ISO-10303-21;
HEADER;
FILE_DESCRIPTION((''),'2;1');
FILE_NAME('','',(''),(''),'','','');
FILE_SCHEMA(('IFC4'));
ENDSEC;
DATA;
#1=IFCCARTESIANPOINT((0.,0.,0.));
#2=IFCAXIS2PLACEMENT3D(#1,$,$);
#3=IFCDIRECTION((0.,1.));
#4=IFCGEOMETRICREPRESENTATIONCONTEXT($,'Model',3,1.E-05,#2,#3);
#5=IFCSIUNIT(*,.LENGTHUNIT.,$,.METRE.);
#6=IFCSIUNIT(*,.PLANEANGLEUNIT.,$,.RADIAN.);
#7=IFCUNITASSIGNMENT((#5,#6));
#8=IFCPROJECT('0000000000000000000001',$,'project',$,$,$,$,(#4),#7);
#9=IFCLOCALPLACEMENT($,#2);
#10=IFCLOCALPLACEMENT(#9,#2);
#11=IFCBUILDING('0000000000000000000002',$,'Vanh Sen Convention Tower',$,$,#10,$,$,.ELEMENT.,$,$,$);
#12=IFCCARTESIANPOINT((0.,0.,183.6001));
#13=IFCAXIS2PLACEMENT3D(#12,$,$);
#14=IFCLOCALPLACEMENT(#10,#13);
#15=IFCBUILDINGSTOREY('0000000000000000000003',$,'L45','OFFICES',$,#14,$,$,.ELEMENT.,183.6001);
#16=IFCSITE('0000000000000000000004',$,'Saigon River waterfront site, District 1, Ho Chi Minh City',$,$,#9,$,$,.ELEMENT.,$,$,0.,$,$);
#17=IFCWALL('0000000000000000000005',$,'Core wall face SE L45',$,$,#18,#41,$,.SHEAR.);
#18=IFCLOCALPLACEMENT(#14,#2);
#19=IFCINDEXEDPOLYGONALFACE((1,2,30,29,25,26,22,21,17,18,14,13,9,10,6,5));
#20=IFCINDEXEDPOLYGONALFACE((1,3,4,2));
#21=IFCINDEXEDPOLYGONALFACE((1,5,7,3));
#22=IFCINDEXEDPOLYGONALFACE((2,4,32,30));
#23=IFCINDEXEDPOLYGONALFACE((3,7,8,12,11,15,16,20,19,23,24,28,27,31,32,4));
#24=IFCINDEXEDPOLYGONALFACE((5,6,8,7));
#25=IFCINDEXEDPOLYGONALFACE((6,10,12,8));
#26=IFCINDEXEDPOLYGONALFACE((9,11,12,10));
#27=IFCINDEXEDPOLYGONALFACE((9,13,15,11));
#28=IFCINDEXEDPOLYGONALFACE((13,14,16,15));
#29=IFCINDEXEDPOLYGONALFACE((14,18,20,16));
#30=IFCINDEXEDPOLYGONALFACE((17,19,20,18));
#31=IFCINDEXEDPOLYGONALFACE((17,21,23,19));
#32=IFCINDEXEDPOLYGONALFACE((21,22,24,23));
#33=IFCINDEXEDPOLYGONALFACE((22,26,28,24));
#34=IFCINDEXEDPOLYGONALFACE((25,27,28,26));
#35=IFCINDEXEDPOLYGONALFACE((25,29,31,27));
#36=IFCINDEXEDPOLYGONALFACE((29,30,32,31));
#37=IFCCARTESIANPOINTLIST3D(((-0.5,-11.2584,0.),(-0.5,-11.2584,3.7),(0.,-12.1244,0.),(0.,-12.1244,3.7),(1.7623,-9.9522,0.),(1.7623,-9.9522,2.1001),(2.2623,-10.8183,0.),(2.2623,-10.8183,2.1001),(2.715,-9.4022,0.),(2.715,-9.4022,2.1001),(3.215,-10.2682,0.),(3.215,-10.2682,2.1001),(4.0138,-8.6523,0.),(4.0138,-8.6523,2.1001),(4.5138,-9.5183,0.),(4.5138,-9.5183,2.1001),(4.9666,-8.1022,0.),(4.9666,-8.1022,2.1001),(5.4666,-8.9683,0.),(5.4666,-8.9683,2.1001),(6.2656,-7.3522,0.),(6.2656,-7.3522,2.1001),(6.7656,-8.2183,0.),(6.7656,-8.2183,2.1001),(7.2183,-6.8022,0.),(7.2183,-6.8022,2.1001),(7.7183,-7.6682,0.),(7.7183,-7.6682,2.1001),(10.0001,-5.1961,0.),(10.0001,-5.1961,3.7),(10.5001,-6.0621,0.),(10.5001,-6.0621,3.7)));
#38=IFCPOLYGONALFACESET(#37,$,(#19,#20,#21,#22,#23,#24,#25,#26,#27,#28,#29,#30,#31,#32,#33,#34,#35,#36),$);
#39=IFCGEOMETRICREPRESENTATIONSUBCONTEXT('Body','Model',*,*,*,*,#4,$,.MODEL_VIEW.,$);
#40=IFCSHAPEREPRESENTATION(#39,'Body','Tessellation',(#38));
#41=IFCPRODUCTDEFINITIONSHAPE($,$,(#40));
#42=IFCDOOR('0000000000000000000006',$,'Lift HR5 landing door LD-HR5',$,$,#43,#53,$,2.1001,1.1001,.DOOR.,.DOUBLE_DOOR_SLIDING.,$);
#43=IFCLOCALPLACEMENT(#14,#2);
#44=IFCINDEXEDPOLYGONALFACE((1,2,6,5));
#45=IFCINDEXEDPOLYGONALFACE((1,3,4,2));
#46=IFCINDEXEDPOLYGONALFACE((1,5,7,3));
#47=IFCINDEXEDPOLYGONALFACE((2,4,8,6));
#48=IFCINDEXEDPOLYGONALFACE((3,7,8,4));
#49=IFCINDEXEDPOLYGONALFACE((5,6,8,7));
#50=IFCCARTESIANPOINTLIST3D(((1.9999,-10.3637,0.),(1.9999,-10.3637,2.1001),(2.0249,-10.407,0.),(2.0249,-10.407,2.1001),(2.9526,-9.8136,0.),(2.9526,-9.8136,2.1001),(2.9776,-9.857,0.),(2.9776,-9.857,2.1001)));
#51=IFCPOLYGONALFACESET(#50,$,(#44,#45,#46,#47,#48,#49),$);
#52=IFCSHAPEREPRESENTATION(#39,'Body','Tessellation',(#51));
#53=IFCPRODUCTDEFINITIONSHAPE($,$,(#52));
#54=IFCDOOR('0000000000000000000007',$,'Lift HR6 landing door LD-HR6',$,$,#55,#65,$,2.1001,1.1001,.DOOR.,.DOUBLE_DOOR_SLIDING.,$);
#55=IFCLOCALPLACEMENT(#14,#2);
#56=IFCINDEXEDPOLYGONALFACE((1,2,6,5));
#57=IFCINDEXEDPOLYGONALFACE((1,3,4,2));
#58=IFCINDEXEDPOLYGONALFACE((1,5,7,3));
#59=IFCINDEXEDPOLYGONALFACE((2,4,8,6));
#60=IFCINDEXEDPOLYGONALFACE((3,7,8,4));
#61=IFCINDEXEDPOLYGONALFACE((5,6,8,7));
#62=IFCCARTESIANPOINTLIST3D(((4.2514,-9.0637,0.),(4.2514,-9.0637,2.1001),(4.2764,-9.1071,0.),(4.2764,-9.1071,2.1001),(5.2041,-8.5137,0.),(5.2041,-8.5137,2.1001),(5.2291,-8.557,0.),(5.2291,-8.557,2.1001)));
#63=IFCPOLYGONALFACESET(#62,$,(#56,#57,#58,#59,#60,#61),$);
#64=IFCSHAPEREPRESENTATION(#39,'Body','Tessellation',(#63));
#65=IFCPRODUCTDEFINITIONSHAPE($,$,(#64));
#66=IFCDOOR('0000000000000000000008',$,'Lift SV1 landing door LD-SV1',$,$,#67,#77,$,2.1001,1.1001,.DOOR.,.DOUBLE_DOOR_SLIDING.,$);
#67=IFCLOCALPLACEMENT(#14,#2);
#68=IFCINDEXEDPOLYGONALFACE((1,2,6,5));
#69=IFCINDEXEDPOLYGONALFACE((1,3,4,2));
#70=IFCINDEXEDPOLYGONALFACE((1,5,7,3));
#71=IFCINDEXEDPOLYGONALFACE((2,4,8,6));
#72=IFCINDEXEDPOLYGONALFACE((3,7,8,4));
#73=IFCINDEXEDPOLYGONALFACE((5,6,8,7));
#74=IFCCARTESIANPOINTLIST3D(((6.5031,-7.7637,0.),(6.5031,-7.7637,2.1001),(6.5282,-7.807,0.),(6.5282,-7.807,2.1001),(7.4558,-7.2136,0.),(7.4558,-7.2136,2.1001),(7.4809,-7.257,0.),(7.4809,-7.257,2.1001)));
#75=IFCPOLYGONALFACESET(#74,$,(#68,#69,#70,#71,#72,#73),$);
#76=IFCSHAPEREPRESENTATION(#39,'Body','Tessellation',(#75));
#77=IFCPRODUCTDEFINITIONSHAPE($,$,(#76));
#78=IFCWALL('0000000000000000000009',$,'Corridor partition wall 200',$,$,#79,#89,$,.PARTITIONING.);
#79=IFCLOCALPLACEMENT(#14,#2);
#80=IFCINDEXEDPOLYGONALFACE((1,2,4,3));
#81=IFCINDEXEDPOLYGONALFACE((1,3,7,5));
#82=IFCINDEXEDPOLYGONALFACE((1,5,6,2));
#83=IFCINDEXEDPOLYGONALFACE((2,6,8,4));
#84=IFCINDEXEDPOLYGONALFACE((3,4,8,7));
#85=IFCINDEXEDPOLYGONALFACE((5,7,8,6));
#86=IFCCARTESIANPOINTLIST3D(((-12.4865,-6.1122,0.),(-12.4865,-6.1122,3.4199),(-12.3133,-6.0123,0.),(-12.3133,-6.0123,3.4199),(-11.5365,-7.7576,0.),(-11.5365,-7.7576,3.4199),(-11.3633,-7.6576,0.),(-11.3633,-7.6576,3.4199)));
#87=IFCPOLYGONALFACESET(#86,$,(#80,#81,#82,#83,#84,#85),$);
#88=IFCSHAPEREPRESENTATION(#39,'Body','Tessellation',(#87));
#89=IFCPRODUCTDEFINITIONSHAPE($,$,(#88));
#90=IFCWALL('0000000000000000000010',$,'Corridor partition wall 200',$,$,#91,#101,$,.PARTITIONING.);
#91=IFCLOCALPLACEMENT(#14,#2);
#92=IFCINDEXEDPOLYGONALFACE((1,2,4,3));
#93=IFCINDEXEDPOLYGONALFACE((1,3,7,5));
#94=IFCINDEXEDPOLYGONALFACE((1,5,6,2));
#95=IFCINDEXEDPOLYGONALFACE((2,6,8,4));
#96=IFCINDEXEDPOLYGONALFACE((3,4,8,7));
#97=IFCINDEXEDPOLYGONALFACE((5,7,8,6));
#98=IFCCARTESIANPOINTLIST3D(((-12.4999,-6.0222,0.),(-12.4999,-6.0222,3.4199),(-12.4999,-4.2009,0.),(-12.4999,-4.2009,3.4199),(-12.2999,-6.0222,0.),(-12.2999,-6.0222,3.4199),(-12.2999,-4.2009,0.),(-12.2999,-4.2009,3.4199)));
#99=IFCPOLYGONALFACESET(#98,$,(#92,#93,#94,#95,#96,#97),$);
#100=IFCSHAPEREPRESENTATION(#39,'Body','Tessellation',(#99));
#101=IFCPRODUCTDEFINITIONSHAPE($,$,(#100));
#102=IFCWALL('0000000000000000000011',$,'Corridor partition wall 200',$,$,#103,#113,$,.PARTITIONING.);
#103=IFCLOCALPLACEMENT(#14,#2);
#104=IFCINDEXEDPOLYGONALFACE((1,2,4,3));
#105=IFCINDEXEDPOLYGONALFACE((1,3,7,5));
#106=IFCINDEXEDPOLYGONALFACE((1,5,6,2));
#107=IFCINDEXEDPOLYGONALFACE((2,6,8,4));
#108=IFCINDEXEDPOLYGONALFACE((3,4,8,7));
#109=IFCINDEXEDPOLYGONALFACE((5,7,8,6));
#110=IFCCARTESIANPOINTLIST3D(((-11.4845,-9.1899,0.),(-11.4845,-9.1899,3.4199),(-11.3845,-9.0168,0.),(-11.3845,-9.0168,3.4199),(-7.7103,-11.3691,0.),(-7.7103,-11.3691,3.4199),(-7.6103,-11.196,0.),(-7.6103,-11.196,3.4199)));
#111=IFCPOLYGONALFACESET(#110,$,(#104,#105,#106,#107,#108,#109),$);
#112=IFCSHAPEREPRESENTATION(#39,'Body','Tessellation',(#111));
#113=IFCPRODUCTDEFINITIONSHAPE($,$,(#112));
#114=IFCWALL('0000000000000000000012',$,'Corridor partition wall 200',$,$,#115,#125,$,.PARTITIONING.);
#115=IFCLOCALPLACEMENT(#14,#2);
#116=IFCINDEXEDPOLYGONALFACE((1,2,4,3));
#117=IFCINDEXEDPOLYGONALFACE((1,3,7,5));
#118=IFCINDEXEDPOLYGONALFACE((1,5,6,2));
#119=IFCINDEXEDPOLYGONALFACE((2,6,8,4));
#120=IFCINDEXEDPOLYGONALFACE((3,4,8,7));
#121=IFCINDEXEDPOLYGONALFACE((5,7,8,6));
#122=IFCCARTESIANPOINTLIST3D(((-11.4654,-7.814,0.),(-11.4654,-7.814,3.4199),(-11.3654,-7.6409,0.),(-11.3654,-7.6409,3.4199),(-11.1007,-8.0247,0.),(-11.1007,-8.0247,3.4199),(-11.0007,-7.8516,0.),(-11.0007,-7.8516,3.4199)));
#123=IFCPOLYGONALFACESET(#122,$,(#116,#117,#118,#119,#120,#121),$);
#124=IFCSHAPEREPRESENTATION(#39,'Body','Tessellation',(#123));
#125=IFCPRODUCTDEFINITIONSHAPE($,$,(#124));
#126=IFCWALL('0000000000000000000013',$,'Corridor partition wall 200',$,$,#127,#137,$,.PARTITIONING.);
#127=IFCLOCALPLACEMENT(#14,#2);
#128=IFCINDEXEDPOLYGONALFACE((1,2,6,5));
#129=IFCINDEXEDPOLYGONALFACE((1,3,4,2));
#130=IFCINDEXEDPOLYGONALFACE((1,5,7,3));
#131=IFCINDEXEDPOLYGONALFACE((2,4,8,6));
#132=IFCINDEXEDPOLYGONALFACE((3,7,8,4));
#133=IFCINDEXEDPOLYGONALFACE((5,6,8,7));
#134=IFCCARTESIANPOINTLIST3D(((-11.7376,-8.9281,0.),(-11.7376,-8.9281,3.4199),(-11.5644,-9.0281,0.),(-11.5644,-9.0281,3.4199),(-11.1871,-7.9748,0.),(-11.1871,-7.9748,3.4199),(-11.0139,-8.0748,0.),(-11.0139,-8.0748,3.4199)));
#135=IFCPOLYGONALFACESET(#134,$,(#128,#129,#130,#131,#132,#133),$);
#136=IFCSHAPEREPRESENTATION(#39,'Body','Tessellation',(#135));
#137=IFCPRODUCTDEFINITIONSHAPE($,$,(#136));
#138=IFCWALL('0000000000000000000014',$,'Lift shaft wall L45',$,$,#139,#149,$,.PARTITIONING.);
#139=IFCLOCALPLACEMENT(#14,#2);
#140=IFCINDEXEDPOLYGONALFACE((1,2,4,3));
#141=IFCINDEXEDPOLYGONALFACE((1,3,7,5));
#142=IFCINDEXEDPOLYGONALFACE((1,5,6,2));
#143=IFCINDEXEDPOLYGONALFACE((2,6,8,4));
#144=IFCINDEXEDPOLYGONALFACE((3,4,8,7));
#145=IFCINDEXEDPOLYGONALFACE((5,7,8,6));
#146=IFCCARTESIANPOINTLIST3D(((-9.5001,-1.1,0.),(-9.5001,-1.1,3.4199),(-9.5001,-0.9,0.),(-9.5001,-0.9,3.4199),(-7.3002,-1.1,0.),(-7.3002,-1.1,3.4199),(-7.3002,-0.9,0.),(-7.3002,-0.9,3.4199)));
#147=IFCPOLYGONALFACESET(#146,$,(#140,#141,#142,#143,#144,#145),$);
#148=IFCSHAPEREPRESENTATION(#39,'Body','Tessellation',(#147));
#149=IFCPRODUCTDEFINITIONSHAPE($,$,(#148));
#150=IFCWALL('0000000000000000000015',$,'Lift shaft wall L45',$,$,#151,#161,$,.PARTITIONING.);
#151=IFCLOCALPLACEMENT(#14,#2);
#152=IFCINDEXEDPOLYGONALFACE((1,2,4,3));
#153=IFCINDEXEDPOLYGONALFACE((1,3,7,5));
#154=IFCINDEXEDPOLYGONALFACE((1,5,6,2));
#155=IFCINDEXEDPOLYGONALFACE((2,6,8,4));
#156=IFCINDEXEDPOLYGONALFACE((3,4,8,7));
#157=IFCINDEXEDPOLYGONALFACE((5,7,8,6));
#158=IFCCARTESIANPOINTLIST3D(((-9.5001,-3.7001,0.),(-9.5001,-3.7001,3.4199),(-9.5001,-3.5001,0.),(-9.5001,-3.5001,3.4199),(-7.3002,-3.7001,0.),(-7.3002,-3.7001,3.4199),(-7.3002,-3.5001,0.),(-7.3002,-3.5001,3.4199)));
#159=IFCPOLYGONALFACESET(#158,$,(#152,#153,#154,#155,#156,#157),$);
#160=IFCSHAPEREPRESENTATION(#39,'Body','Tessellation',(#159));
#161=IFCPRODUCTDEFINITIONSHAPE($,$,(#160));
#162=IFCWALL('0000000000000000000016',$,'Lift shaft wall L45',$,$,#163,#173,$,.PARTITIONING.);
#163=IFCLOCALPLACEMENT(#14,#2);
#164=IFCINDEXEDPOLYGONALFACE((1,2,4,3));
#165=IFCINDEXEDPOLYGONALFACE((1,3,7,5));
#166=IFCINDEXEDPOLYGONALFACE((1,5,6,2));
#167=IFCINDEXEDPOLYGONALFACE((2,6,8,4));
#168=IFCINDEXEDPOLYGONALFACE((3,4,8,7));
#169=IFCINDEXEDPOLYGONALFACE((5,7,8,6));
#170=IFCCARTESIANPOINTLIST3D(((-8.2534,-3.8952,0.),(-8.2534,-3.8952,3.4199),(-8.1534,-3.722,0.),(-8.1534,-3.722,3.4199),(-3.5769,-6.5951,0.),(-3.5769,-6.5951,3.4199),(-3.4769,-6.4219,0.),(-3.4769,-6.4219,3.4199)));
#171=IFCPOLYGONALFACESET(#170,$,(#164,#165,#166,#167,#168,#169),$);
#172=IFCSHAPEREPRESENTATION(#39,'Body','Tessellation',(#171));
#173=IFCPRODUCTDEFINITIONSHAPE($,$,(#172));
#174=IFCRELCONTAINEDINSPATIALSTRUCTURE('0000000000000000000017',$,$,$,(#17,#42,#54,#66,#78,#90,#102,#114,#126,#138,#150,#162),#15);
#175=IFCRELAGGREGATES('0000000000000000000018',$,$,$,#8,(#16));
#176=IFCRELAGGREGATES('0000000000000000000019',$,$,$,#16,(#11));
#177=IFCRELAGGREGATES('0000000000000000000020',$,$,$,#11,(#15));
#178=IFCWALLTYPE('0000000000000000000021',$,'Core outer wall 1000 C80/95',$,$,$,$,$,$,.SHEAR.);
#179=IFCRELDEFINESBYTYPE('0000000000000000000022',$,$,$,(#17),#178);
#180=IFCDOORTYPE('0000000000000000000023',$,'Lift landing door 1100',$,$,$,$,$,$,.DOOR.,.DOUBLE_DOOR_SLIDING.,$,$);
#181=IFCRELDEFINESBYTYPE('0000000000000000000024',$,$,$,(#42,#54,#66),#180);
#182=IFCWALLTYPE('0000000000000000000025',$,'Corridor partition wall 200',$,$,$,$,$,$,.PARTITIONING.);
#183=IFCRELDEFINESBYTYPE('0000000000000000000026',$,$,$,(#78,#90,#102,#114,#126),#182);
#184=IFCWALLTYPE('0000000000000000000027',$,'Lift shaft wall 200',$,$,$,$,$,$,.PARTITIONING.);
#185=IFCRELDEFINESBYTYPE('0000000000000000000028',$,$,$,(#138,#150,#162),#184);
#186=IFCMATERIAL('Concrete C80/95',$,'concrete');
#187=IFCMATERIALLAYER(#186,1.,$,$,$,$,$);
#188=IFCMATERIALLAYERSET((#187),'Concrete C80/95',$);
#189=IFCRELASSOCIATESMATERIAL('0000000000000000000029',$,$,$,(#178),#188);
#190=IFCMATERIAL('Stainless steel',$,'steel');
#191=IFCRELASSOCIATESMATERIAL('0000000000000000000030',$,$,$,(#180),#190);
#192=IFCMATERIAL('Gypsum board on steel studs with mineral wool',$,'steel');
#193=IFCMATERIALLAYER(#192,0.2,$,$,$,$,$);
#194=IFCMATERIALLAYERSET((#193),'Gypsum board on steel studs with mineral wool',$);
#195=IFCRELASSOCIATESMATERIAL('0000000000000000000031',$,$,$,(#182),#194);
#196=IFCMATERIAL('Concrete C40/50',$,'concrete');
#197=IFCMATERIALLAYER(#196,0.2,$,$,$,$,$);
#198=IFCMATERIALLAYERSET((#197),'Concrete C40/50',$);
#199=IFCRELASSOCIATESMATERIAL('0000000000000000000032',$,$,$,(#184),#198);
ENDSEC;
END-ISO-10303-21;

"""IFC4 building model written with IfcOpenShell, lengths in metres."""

from ifc_helpers import new_model, si_unit, direction, frame, frame_2d, origin, place, context, subcontext, project, spatial, rectangle, extrude, material, layer, layer_set, type_object, element, fill, save


model = new_model("IFC4")

# Units and contexts
model_context = context("Model", 3, precision=1e-05, world=origin(), true_north=direction((0.0, 1.0)))
body_context = subcontext(model_context, "Body", "Model", "MODEL_VIEW")
ifc_project = project(units=[si_unit("LENGTHUNIT", "METRE"), si_unit("PLANEANGLEUNIT", "RADIAN")], contexts=[model_context])

# Site, building, storey
site_placement = place(None, origin())
site = spatial("IfcSite", under=ifc_project, at=site_placement, Name="Saigon River waterfront site, District 1, Ho Chi Minh City", CompositionType="ELEMENT", RefElevation=0.0)
building_placement = place(site_placement, origin())
building = spatial("IfcBuilding", under=site, at=building_placement, Name="Vanh Sen Convention Tower", CompositionType="ELEMENT")
storey_placement = place(building_placement, frame((0.0, 0.0, 183.6001)))
storey = spatial("IfcBuildingStorey", under=building, at=storey_placement, Name="L45", Description="OFFICES", CompositionType="ELEMENT", Elevation=183.6001)

# Shared definitions
ifc_material_1 = material(Name="Concrete C40/50", Category="concrete")

# Wall, openings, doors
ifc_material_2 = material(Name="Concrete C80/95", Category="concrete")
ifc_layer_1 = layer(ifc_material_2, 1.0)
ifc_layer_set_1 = layer_set([ifc_layer_1], Name="Concrete C80/95")
wall_type_1 = type_object("IfcWallType", Name="Core outer wall 1000 C80/95", PredefinedType="SHEAR", material=ifc_layer_set_1)
ifc_material_3 = material(Name="Stainless steel", Category="steel")
door_type_1 = type_object("IfcDoorType", Name="Lift landing door 1100", OperationType="DOUBLE_DOOR_SLIDING", PredefinedType="DOOR", material=ifc_material_3)
wall_1_placement = place(storey_placement, frame((-0.25, -11.6914, 0.0), z_axis=(0.0, 0.0, 1.0), x_axis=(0.866023, 0.500005, 0.0)))
wall_1 = element("IfcWall", 1, at=wall_1_placement, inside=storey, type_object=wall_type_1, Name="Core wall face SE L45", PredefinedType="SHEAR", context=body_context, shape_type="SweptSolid", body=[
    extrude(rectangle(XDim=12.1245, YDim=1.0, at=frame_2d((6.0623, 0.0))), origin(), (0.0, 0.0, 1.0), 3.7),
])
opening_1_placement = place(wall_1_placement, frame((2.6123, 0.0, 0.0)))
opening_1 = element("IfcOpeningElement", 2, at=opening_1_placement, cuts=wall_1, PredefinedType="OPENING", context=body_context, shape_type="SweptSolid", body=[
    extrude(rectangle(XDim=1.1001, YDim=2.1001, at=frame_2d((0.55, 1.05))), frame((0.0, 0.51, 0.0), z_axis=(0.0, -1.0, 0.0), x_axis=(1.0, 0.0, 0.0)), (0.0, 0.0, 1.0), 1.02),
])
opening_2_placement = place(wall_1_placement, frame((5.2122, 0.0, 0.0)))
opening_2 = element("IfcOpeningElement", 3, at=opening_2_placement, cuts=wall_1, PredefinedType="OPENING", context=body_context, shape_type="SweptSolid", body=[
    extrude(rectangle(XDim=1.1001, YDim=2.1001, at=frame_2d((0.55, 1.05))), frame((0.0, 0.51, 0.0), z_axis=(0.0, -1.0, 0.0), x_axis=(1.0, 0.0, 0.0)), (0.0, 0.0, 1.0), 1.02),
])
opening_3_placement = place(wall_1_placement, frame((7.8123, 0.0, 0.0)))
opening_3 = element("IfcOpeningElement", 4, at=opening_3_placement, cuts=wall_1, PredefinedType="OPENING", context=body_context, shape_type="SweptSolid", body=[
    extrude(rectangle(XDim=1.1001, YDim=2.1001, at=frame_2d((0.55, 1.05))), frame((0.0, 0.51, 0.0), z_axis=(0.0, -1.0, 0.0), x_axis=(1.0, 0.0, 0.0)), (0.0, 0.0, 1.0), 1.02),
])
door_1_placement = place(opening_1_placement, origin())
door_1 = element("IfcDoor", 5, at=door_1_placement, inside=storey, type_object=door_type_1, Name="Lift HR5 landing door LD-HR5", OperationType="DOUBLE_DOOR_SLIDING", OverallHeight=2.1001, OverallWidth=1.1001, PredefinedType="DOOR", context=body_context, shape_type="SweptSolid", body=[
    extrude(rectangle(XDim=1.1001, YDim=2.1001, at=frame_2d((0.55, 1.05))), frame((0.0, 0.0249, 0.0), z_axis=(0.0, -1.0, 0.0), x_axis=(1.0, 0.0, 0.0)), (0.0, 0.0, 1.0), 0.05),
])
fill(opening_1, door_1)
door_2_placement = place(opening_2_placement, origin())
door_2 = element("IfcDoor", 6, at=door_2_placement, inside=storey, type_object=door_type_1, Name="Lift HR6 landing door LD-HR6", OperationType="DOUBLE_DOOR_SLIDING", OverallHeight=2.1001, OverallWidth=1.1001, PredefinedType="DOOR", context=body_context, shape_type="SweptSolid", body=[
    extrude(rectangle(XDim=1.1001, YDim=2.1001, at=frame_2d((0.55, 1.05))), frame((0.0, 0.0249, 0.0), z_axis=(0.0, -1.0, 0.0), x_axis=(1.0, 0.0, 0.0)), (0.0, 0.0, 1.0), 0.05),
])
fill(opening_2, door_2)
door_3_placement = place(opening_3_placement, origin())
door_3 = element("IfcDoor", 7, at=door_3_placement, inside=storey, type_object=door_type_1, Name="Lift SV1 landing door LD-SV1", OperationType="DOUBLE_DOOR_SLIDING", OverallHeight=2.1001, OverallWidth=1.1001, PredefinedType="DOOR", context=body_context, shape_type="SweptSolid", body=[
    extrude(rectangle(XDim=1.1001, YDim=2.1001, at=frame_2d((0.55, 1.05))), frame((0.0, 0.0249, 0.0), z_axis=(0.0, -1.0, 0.0), x_axis=(1.0, 0.0, 0.0)), (0.0, 0.0, 1.0), 0.05),
])
fill(opening_3, door_3)

# Walls
ifc_material_4 = material(Name="Gypsum board on steel studs with mineral wool", Category="steel")
ifc_layer_2 = layer(ifc_material_4, 0.2)
ifc_layer_set_2 = layer_set([ifc_layer_2], Name="Gypsum board on steel studs with mineral wool")
wall_type_2 = type_object("IfcWallType", Name="Corridor partition wall 200", PredefinedType="PARTITIONING", material=ifc_layer_set_2)
wall_2_placement = place(storey_placement, frame((-12.3999, -6.0623, 0.0), z_axis=(0.0, 0.0, 1.0), x_axis=(0.500023, -0.866012, 0.0)))
element("IfcWall", 8, at=wall_2_placement, inside=storey, type_object=wall_type_2, Name="Corridor partition wall 200", PredefinedType="PARTITIONING", context=body_context, shape_type="SweptSolid", body=[
    extrude(rectangle(XDim=1.8999, YDim=0.2, at=frame_2d((0.95, 0.0))), origin(), (0.0, 0.0, 1.0), 3.4199),
])
wall_3_placement = place(storey_placement, frame((-12.3999, -4.2009, 0.0), z_axis=(0.0, 0.0, 1.0), x_axis=(0.0, -1.0, 0.0)))
element("IfcWall", 9, at=wall_3_placement, inside=storey, type_object=wall_type_2, Name="Corridor partition wall 200", PredefinedType="PARTITIONING", context=body_context, shape_type="SweptSolid", body=[
    extrude(rectangle(XDim=1.8213, YDim=0.2, at=frame_2d((0.9106, 0.0))), origin(), (0.0, 0.0, 1.0), 3.4199),
])
wall_4_placement = place(storey_placement, frame((-11.4346, -9.1033, 0.0), z_axis=(0.0, 0.0, 1.0), x_axis=(0.866007, -0.500031, 0.0)))
element("IfcWall", 10, at=wall_4_placement, inside=storey, type_object=wall_type_2, Name="Corridor partition wall 200", PredefinedType="PARTITIONING", context=body_context, shape_type="SweptSolid", body=[
    extrude(rectangle(XDim=4.3582, YDim=0.2, at=frame_2d((2.1792, 0.0))), origin(), (0.0, 0.0, 1.0), 3.4199),
])
wall_5_placement = place(storey_placement, frame((-11.4153, -7.7275, 0.0), z_axis=(0.0, 0.0, 1.0), x_axis=(0.865915, -0.500191, 0.0)))
element("IfcWall", 11, at=wall_5_placement, inside=storey, type_object=wall_type_2, Name="Corridor partition wall 200", PredefinedType="PARTITIONING", context=body_context, shape_type="SweptSolid", body=[
    extrude(rectangle(XDim=0.4211, YDim=0.2, at=frame_2d((0.2104, 0.0))), origin(), (0.0, 0.0, 1.0), 3.4199),
])
wall_6_placement = place(storey_placement, frame((-11.1006, -8.0249, 0.0), z_axis=(0.0, 0.0, 1.0), x_axis=(-0.500074, -0.865982, 0.0)))
element("IfcWall", 12, at=wall_6_placement, inside=storey, type_object=wall_type_2, Name="Corridor partition wall 200", PredefinedType="PARTITIONING", context=body_context, shape_type="SweptSolid", body=[
    extrude(rectangle(XDim=1.1008, YDim=0.2, at=frame_2d((0.5503, 0.0))), origin(), (0.0, 0.0, 1.0), 3.4199),
])
ifc_layer_3 = layer(ifc_material_1, 0.2)
ifc_layer_set_3 = layer_set([ifc_layer_3], Name="Concrete C40/50")
wall_type_3 = type_object("IfcWallType", Name="Lift shaft wall 200", PredefinedType="PARTITIONING", material=ifc_layer_set_3)
for number, where, z_axis, x_axis, name in (
    (13, (-7.3, -1.0, 0.0), (0.0, 0.0, 1.0), (-1.0, 0.0, 0.0), "Lift shaft wall L45"),
    (14, (-7.3, -3.6001, 0.0), (0.0, 0.0, 1.0), (-1.0, 0.0, 0.0), "Lift shaft wall L45"),
):
    element("IfcWall", number, at=place(storey_placement, frame(where, z_axis=z_axis, x_axis=x_axis)), inside=storey, type_object=wall_type_3, Name=name, PredefinedType="PARTITIONING", context=body_context, shape_type="SweptSolid", body=[
        extrude(rectangle(XDim=2.2, YDim=0.2, at=frame_2d((1.1001, 0.0))), origin(), (0.0, 0.0, 1.0), 3.4199),
    ])
wall_7_placement = place(storey_placement, frame((-8.2034, -3.8086, 0.0), z_axis=(0.0, 0.0, 1.0), x_axis=(0.866028, -0.499995, 0.0)))
element("IfcWall", 15, at=wall_7_placement, inside=storey, type_object=wall_type_3, Name="Lift shaft wall L45", PredefinedType="PARTITIONING", context=body_context, shape_type="SweptSolid", body=[
    extrude(rectangle(XDim=5.3999, YDim=0.2, at=frame_2d((2.7, 0.0))), origin(), (0.0, 0.0, 1.0), 3.4199),
])

save(model, "model.ifc")
